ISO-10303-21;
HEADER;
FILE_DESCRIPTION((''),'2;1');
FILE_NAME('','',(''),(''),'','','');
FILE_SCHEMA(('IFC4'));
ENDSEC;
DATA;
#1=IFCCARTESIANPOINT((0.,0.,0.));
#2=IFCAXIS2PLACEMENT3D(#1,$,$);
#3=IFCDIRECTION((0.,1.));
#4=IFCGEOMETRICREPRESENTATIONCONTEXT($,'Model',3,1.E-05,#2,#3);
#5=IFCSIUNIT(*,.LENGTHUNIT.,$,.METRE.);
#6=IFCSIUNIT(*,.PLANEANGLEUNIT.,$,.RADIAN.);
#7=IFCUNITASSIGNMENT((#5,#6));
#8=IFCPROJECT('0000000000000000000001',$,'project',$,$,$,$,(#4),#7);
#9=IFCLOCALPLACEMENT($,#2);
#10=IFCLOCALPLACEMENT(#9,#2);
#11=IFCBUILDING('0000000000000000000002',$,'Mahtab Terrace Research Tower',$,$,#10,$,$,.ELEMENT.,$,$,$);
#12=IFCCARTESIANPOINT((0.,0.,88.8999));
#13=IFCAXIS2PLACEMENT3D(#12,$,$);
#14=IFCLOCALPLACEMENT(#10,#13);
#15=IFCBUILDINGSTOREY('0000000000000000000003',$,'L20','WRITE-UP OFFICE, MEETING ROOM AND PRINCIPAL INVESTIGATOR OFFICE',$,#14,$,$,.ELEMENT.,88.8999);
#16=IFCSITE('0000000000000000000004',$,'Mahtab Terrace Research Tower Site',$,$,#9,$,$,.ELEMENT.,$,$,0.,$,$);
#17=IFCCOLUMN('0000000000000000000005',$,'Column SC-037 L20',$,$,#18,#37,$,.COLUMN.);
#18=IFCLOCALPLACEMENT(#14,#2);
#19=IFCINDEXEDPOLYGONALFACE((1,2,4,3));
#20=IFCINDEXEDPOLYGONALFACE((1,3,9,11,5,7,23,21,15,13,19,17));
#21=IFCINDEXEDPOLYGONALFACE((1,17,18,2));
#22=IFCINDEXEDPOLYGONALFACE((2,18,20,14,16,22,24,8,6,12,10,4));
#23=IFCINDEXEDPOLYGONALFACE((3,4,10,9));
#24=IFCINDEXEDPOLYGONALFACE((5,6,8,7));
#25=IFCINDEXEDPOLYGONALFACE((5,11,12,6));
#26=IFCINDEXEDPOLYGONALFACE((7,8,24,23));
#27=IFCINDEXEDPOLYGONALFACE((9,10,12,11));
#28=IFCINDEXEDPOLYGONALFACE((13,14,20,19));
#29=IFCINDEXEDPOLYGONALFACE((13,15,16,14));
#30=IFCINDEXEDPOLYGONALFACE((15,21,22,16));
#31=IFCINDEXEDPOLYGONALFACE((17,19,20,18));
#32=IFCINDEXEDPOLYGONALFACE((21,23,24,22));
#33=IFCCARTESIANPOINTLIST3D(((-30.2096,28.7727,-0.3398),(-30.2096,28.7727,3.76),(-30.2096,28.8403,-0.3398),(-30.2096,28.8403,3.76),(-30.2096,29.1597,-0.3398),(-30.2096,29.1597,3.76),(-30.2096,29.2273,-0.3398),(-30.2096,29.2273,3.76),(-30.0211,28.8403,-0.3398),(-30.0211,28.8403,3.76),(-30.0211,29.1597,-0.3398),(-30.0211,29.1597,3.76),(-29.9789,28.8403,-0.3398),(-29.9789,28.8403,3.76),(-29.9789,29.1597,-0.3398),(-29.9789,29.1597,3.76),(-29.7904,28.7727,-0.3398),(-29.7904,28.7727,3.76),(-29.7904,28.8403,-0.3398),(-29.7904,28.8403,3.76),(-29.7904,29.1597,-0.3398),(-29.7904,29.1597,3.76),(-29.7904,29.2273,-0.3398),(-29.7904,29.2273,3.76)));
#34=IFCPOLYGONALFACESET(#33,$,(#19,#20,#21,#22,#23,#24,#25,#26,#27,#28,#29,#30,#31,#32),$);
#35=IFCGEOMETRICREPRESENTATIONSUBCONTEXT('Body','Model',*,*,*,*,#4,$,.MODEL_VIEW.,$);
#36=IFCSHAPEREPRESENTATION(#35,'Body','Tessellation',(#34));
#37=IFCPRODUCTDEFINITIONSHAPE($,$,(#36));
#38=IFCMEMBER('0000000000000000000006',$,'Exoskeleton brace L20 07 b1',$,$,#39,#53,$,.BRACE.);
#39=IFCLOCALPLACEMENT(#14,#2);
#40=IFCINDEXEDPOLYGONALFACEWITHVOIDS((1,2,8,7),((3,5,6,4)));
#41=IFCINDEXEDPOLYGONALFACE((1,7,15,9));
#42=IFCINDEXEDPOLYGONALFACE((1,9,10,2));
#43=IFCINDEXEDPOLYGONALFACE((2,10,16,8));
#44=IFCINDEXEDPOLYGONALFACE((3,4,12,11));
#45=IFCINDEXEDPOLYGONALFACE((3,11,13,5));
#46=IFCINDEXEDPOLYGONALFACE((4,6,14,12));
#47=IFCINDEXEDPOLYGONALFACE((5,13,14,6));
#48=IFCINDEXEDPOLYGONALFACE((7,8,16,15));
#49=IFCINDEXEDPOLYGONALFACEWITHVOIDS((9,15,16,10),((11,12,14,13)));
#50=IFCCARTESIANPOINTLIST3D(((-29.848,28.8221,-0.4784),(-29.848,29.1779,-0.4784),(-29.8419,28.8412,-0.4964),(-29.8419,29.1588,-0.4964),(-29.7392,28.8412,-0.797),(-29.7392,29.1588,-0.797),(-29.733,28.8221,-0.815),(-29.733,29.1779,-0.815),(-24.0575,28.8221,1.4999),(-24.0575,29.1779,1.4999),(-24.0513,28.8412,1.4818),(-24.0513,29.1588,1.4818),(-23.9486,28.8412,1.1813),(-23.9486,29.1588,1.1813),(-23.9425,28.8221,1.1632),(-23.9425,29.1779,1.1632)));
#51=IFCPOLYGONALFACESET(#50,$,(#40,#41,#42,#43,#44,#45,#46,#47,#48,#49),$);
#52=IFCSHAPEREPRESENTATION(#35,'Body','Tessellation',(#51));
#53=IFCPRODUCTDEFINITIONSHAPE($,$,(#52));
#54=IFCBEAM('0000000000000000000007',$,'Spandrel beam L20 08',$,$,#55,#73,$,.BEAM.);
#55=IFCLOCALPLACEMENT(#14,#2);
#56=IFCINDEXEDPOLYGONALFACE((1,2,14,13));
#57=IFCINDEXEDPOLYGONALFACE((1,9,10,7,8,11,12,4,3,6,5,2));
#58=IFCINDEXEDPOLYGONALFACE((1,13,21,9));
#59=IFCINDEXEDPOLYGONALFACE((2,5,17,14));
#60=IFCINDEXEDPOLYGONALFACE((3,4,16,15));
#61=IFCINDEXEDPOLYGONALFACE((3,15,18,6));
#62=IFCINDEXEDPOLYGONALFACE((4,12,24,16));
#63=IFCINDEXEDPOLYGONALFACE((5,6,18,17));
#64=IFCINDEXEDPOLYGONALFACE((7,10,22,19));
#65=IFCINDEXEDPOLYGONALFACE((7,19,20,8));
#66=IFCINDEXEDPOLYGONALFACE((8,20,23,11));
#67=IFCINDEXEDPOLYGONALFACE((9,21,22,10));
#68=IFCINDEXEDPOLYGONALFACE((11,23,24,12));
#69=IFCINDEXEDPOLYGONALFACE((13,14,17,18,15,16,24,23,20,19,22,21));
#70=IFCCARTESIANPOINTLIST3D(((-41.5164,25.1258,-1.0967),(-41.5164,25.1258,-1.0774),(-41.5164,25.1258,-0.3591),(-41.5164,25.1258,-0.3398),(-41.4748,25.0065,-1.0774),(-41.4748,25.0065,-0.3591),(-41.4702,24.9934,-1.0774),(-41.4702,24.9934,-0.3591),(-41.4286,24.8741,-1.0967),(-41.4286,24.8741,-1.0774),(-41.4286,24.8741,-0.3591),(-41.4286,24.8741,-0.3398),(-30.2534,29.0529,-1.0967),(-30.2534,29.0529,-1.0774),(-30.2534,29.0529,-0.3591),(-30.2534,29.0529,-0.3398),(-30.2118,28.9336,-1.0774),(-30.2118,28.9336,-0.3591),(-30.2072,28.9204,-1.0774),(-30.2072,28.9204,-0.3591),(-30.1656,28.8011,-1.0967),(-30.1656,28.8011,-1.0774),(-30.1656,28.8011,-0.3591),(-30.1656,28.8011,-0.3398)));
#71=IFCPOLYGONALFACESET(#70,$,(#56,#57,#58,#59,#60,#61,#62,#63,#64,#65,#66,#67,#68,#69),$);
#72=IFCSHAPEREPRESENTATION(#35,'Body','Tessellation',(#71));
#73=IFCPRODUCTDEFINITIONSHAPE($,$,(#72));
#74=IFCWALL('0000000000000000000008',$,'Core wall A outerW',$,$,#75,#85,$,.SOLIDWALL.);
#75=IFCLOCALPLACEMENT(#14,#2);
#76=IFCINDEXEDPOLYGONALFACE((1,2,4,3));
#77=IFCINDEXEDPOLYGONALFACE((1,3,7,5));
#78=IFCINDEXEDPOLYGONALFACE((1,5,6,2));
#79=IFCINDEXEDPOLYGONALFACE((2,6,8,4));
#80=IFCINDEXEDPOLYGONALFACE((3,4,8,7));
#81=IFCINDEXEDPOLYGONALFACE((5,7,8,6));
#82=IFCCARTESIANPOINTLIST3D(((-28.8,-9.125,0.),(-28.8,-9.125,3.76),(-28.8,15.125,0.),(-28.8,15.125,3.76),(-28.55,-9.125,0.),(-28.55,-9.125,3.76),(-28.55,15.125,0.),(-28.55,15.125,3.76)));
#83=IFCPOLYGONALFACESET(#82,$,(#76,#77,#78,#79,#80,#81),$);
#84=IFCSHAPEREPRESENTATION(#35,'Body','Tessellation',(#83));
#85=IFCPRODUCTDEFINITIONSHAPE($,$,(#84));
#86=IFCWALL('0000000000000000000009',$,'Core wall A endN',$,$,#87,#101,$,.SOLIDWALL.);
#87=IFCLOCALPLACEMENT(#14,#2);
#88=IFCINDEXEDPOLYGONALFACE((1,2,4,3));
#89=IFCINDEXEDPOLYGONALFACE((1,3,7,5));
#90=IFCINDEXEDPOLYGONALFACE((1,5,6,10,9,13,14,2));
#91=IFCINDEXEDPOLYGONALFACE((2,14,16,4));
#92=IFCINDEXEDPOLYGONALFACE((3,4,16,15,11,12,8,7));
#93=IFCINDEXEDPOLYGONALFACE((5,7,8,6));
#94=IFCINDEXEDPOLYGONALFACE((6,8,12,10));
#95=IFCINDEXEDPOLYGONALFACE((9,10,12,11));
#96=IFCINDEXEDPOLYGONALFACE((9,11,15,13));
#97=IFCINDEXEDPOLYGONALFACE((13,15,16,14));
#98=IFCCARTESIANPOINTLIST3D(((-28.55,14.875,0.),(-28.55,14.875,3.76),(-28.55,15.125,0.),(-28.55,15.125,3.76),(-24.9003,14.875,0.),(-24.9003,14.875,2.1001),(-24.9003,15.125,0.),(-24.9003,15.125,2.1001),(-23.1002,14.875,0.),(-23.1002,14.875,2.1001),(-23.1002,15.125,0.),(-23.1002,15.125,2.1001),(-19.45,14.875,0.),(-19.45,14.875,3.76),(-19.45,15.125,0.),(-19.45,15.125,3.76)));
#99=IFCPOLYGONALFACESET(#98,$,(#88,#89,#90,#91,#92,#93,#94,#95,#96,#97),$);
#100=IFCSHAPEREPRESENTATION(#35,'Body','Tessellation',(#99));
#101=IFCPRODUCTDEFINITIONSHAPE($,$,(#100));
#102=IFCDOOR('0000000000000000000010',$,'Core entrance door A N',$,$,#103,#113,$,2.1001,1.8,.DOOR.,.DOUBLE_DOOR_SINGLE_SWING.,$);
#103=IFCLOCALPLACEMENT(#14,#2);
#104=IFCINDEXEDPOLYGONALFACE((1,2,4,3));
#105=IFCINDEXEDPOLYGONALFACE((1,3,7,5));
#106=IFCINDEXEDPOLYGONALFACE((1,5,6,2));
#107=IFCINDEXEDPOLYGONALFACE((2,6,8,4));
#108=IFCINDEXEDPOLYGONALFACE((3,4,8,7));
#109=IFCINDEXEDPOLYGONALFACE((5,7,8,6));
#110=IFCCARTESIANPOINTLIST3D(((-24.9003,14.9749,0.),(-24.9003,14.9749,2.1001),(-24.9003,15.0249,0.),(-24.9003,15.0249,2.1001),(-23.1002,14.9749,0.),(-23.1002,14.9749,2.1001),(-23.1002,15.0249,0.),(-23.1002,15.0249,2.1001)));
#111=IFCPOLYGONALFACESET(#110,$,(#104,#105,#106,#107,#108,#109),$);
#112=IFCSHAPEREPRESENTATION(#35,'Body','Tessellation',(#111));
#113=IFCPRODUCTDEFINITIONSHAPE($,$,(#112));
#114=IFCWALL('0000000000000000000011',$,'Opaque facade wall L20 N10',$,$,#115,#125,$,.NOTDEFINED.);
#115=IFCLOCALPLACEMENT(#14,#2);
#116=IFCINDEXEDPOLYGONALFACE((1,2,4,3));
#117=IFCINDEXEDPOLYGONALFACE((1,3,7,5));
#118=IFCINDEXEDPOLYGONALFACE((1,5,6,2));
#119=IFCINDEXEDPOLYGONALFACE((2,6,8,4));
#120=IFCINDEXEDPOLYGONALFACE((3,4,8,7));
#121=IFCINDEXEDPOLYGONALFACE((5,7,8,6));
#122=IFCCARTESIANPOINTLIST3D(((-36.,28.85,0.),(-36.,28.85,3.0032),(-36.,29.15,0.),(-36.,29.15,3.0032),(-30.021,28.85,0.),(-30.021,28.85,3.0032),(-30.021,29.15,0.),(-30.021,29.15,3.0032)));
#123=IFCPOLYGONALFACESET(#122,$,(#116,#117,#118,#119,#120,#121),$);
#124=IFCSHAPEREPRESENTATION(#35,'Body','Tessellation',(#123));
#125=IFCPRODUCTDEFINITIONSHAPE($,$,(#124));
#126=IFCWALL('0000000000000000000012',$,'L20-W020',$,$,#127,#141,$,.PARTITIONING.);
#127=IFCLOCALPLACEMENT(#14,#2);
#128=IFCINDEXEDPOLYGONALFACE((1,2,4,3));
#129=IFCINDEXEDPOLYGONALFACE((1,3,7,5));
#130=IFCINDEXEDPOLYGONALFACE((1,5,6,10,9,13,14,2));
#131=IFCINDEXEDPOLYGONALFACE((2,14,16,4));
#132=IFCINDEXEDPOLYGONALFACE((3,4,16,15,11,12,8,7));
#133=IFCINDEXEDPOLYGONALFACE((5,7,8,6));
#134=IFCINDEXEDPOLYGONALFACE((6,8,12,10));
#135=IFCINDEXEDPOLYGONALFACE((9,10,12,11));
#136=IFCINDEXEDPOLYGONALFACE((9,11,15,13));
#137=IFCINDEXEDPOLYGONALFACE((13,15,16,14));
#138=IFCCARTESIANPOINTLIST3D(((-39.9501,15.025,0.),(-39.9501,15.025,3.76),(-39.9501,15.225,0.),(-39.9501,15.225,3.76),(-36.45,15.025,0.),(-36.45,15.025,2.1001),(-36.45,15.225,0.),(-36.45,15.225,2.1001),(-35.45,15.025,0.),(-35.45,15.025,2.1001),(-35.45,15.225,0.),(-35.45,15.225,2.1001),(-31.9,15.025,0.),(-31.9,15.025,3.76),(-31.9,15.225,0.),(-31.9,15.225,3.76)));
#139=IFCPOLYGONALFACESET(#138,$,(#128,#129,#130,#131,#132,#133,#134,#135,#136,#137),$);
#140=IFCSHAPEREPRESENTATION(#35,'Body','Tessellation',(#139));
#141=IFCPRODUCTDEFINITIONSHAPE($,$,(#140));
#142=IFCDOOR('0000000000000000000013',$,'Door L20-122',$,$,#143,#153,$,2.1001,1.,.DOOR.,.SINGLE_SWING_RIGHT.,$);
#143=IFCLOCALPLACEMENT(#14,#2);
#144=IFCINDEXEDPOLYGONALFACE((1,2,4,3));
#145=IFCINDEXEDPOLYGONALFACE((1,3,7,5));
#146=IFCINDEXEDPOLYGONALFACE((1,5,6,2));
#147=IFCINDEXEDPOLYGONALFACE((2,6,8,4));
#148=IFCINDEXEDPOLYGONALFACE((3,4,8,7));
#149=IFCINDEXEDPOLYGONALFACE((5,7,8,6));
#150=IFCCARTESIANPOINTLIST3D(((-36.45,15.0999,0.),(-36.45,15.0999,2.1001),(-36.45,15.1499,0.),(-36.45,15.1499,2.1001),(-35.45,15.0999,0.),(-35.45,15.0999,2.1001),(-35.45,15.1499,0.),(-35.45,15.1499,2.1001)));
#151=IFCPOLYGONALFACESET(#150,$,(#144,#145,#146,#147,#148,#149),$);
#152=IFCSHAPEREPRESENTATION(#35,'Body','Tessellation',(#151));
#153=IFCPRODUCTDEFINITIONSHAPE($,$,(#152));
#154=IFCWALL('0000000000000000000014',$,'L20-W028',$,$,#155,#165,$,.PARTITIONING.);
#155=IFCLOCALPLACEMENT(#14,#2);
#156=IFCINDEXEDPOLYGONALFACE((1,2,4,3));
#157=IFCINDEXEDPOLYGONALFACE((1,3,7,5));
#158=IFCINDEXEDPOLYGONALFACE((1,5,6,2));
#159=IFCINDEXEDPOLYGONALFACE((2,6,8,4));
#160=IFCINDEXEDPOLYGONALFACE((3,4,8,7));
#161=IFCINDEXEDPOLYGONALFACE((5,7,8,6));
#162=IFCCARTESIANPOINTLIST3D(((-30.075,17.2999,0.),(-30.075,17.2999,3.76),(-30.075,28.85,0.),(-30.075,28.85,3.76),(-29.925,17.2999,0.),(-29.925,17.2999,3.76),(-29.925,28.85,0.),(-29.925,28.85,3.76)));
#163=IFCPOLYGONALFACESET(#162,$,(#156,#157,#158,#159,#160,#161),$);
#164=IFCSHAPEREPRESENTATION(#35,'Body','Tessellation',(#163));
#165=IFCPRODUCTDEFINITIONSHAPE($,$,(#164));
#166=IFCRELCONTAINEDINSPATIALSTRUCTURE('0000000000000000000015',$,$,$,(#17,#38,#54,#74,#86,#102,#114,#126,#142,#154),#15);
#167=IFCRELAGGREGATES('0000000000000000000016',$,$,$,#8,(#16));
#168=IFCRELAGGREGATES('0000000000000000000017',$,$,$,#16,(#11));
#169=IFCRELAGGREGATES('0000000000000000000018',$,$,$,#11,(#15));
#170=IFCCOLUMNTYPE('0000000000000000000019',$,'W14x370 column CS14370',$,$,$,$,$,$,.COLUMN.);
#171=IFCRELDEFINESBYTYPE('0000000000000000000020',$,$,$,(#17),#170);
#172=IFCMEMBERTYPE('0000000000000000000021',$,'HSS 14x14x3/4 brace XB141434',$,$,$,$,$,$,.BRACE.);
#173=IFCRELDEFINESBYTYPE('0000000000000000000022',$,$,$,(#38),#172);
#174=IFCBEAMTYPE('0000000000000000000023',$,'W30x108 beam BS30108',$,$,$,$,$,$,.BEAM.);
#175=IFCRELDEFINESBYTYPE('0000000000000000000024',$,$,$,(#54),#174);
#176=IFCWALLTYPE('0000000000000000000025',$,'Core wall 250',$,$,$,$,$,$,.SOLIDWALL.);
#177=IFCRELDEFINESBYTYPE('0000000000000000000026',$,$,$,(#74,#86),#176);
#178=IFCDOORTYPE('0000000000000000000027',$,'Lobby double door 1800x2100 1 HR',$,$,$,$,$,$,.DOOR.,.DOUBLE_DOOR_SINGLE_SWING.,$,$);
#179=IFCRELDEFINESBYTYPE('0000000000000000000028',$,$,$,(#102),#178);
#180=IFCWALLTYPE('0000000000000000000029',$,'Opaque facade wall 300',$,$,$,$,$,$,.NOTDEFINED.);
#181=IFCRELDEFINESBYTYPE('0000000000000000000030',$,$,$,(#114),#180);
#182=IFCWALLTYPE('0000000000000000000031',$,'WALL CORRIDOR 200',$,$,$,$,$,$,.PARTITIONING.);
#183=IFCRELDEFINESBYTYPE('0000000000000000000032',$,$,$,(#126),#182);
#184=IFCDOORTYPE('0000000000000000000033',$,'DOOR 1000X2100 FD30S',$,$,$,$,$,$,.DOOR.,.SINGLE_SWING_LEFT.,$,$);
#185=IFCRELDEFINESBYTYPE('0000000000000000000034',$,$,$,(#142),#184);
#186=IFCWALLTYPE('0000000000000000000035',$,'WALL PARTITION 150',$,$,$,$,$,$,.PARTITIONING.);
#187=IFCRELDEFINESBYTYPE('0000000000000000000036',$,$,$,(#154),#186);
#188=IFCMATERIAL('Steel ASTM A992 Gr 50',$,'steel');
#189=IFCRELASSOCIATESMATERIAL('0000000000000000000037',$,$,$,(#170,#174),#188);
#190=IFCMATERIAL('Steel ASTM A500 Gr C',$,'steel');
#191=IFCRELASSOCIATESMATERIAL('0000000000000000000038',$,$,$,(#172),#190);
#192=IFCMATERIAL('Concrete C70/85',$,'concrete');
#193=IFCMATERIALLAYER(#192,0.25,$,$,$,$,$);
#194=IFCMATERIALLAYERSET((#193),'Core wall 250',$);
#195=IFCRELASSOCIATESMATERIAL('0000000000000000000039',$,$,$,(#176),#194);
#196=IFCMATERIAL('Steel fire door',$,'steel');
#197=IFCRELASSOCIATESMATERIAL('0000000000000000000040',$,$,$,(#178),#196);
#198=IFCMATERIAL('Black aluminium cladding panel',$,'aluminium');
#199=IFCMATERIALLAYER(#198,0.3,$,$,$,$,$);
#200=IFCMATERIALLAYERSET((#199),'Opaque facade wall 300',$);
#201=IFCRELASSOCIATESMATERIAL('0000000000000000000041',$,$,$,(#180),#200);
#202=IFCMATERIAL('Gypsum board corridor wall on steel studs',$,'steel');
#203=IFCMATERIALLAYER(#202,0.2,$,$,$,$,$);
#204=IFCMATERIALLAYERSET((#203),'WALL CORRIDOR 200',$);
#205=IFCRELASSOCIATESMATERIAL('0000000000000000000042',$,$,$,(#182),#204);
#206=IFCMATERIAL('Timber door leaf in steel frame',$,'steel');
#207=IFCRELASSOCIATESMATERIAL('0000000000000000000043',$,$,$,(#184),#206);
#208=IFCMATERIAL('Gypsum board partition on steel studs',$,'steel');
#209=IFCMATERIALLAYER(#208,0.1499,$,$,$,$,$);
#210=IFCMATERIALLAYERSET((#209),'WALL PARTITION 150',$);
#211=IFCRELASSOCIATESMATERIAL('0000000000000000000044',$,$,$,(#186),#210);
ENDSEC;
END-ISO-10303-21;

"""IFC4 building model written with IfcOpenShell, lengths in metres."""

from ifc_helpers import new_model, si_unit, direction, frame, frame_2d, origin, origin_2d, place, context, subcontext, project, spatial, rectangle, hollow_rectangle, i_section, extrude, material, layer, layer_set, material_profile, profile_set, type_object, element, fill, save


model = new_model("IFC4")

# Units and contexts
model_context = context("Model", 3, precision=1e-05, world=origin(), true_north=direction((0.0, 1.0)))
body_context = subcontext(model_context, "Body", "Model", "MODEL_VIEW")
ifc_project = project(units=[si_unit("LENGTHUNIT", "METRE"), si_unit("PLANEANGLEUNIT", "RADIAN")], contexts=[model_context])

# Site, building, storey
site_placement = place(None, origin())
site = spatial("IfcSite", under=ifc_project, at=site_placement, Name="Mahtab Terrace Research Tower Site", CompositionType="ELEMENT", RefElevation=0.0)
building_placement = place(site_placement, origin())
building = spatial("IfcBuilding", under=site, at=building_placement, Name="Mahtab Terrace Research Tower", CompositionType="ELEMENT")
storey_placement = place(building_placement, frame((0.0, 0.0, 88.8999)))
storey = spatial("IfcBuildingStorey", under=building, at=storey_placement, Name="L20", Description="WRITE-UP OFFICE, MEETING ROOM AND PRINCIPAL INVESTIGATOR OFFICE", CompositionType="ELEMENT", Elevation=88.8999)

# Column
ifc_material_1 = material(Name="Steel ASTM A992 Gr 50", Category="steel")
ifc_material_profile_1 = material_profile(ifc_material_1, i_section(OverallWidth=0.4192, OverallDepth=0.4546, WebThickness=0.0422, FlangeThickness=0.0676, at=origin_2d()), Name="W14X370")
ifc_profile_set_1 = profile_set([ifc_material_profile_1], Name="Steel ASTM A992 Gr 50")
column_type = type_object("IfcColumnType", Name="W14x370 column CS14370", PredefinedType="COLUMN", material=ifc_profile_set_1)
column_placement = place(storey_placement, frame((-30.0, 29.0, -0.3398), z_axis=(0.0, 0.0, 1.0), x_axis=(1.0, 0.0, 0.0)))
element("IfcColumn", 1, at=column_placement, inside=storey, type_object=column_type, Name="Column SC-037 L20", PredefinedType="COLUMN", context=body_context, shape_type="SweptSolid", body=[
    extrude(i_section(OverallWidth=0.4192, OverallDepth=0.4546, WebThickness=0.0422, FlangeThickness=0.0676, at=origin_2d()), origin(), (0.0, 0.0, 1.0), 4.0999),
])

# Member
ifc_material_2 = material(Name="Steel ASTM A500 Gr C", Category="steel")
ifc_material_profile_2 = material_profile(ifc_material_2, hollow_rectangle(XDim=0.3557, YDim=0.3557, WallThickness=0.019, at=origin_2d()), Name="HSS14X14X3/4")
ifc_profile_set_2 = profile_set([ifc_material_profile_2], Name="Steel ASTM A500 Gr C")
member_type = type_object("IfcMemberType", Name="HSS 14x14x3/4 brace XB141434", PredefinedType="BRACE", material=ifc_profile_set_2)
member_placement = place(storey_placement, frame((-29.7905, 29.0, -0.6467), z_axis=(0.946299, 0.0, 0.323293), x_axis=(0.0, 1.0, 0.0)))
element("IfcMember", 2, at=member_placement, inside=storey, type_object=member_type, Name="Exoskeleton brace L20 07 b1", PredefinedType="BRACE", context=body_context, shape_type="SweptSolid", body=[
    extrude(hollow_rectangle(XDim=0.3557, YDim=0.3557, WallThickness=0.019, at=origin_2d()), origin(), (0.0, 0.0, 1.0), 6.1191),
])

# Beam
ifc_material_profile_3 = material_profile(ifc_material_1, i_section(OverallWidth=0.2666, OverallDepth=0.7568, WebThickness=0.0139, FlangeThickness=0.0193, at=origin_2d()), Name="W30X108")
ifc_profile_set_3 = profile_set([ifc_material_profile_3], Name="Steel ASTM A992 Gr 50")
beam_type = type_object("IfcBeamType", Name="W30x108 beam BS30108", PredefinedType="BEAM", material=ifc_profile_set_3)
beam_placement = place(storey_placement, frame((-30.2095, 28.927, -0.7183), z_axis=(-0.944251, -0.329228, 0.0), x_axis=(0.329228, -0.944251, 0.0)))
element("IfcBeam", 3, at=beam_placement, inside=storey, type_object=beam_type, Name="Spandrel beam L20 08", PredefinedType="BEAM", context=body_context, shape_type="SweptSolid", body=[
    extrude(i_section(OverallWidth=0.2666, OverallDepth=0.7568, WebThickness=0.0139, FlangeThickness=0.0193, at=origin_2d()), origin(), (0.0, 0.0, 1.0), 11.928),
])

# Wall
ifc_material_3 = material(Name="Concrete C70/85", Category="concrete")
ifc_layer_1 = layer(ifc_material_3, 0.25)
ifc_layer_set_1 = layer_set([ifc_layer_1], Name="Core wall 250")
wall_type_1 = type_object("IfcWallType", Name="Core wall 250", PredefinedType="SOLIDWALL", material=ifc_layer_set_1)
wall_1_placement = place(storey_placement, frame((-28.675, 15.125, 0.0), z_axis=(0.0, 0.0, 1.0), x_axis=(0.0, -1.0, 0.0)))
element("IfcWall", 4, at=wall_1_placement, inside=storey, type_object=wall_type_1, Name="Core wall A outerW", PredefinedType="SOLIDWALL", context=body_context, shape_type="SweptSolid", body=[
    extrude(rectangle(XDim=24.25, YDim=0.25, at=frame_2d((12.125, 0.0))), origin(), (0.0, 0.0, 1.0), 3.76),
])

# Wall, opening, door
wall_2_placement = place(storey_placement, frame((-28.55, 15.0, 0.0), z_axis=(0.0, 0.0, 1.0), x_axis=(1.0, 0.0, 0.0)))
wall_2 = element("IfcWall", 5, at=wall_2_placement, inside=storey, type_object=wall_type_1, Name="Core wall A endN", PredefinedType="SOLIDWALL", context=body_context, shape_type="SweptSolid", body=[
    extrude(rectangle(XDim=9.1001, YDim=0.25, at=frame_2d((4.55, 0.0))), origin(), (0.0, 0.0, 1.0), 3.76),
])
opening_1_placement = place(wall_2_placement, frame((3.6499, 0.0, 0.0)))
opening_1 = element("IfcOpeningElement", 6, at=opening_1_placement, cuts=wall_2, PredefinedType="OPENING", context=body_context, shape_type="SweptSolid", body=[
    extrude(rectangle(XDim=1.8, YDim=2.1001, at=frame_2d((0.8999, 1.05))), frame((0.0, 0.135, 0.0), z_axis=(0.0, -1.0, 0.0), x_axis=(1.0, 0.0, 0.0)), (0.0, 0.0, 1.0), 0.27),
])
ifc_material_4 = material(Name="Steel fire door", Category="steel")
door_type_1 = type_object("IfcDoorType", Name="Lobby double door 1800x2100 1 HR", OperationType="DOUBLE_DOOR_SINGLE_SWING", PredefinedType="DOOR", material=ifc_material_4)
door_1_placement = place(opening_1_placement, origin())
door_1 = element("IfcDoor", 7, at=door_1_placement, inside=storey, type_object=door_type_1, Name="Core entrance door A N", OperationType="DOUBLE_DOOR_SINGLE_SWING", OverallHeight=2.1001, OverallWidth=1.8, PredefinedType="DOOR", context=body_context, shape_type="SweptSolid", body=[
    extrude(rectangle(XDim=1.8, YDim=2.1001, at=frame_2d((0.8999, 1.05))), frame((0.0, 0.0249, 0.0), z_axis=(0.0, -1.0, 0.0), x_axis=(1.0, 0.0, 0.0)), (0.0, 0.0, 1.0), 0.05),
])
fill(opening_1, door_1)

# Wall
ifc_material_5 = material(Name="Black aluminium cladding panel", Category="aluminium")
ifc_layer_2 = layer(ifc_material_5, 0.3)
ifc_layer_set_2 = layer_set([ifc_layer_2], Name="Opaque facade wall 300")
wall_type_2 = type_object("IfcWallType", Name="Opaque facade wall 300", PredefinedType="NOTDEFINED", material=ifc_layer_set_2)
wall_3_placement = place(storey_placement, frame((-30.021, 29.0, 0.0), z_axis=(0.0, 0.0, 1.0), x_axis=(-1.0, 0.0, 0.0)))
element("IfcWall", 8, at=wall_3_placement, inside=storey, type_object=wall_type_2, Name="Opaque facade wall L20 N10", PredefinedType="NOTDEFINED", context=body_context, shape_type="SweptSolid", body=[
    extrude(rectangle(XDim=5.979, YDim=0.3, at=frame_2d((2.9895, 0.0))), origin(), (0.0, 0.0, 1.0), 3.0032),
])

# Wall, opening, door
ifc_material_6 = material(Name="Gypsum board corridor wall on steel studs", Category="steel")
ifc_layer_3 = layer(ifc_material_6, 0.2)
ifc_layer_set_3 = layer_set([ifc_layer_3], Name="WALL CORRIDOR 200")
wall_type_3 = type_object("IfcWallType", Name="WALL CORRIDOR 200", PredefinedType="PARTITIONING", material=ifc_layer_set_3)
wall_4_placement = place(storey_placement, frame((-39.95, 15.125, 0.0), z_axis=(0.0, 0.0, 1.0), x_axis=(1.0, 0.0, 0.0)))
wall_4 = element("IfcWall", 9, at=wall_4_placement, inside=storey, type_object=wall_type_3, Name="L20-W020", PredefinedType="PARTITIONING", context=body_context, shape_type="SweptSolid", body=[
    extrude(rectangle(XDim=8.05, YDim=0.2, at=frame_2d((4.0249, 0.0))), origin(), (0.0, 0.0, 1.0), 3.76),
])
opening_2_placement = place(wall_4_placement, frame((3.5, 0.0, 0.0)))
opening_2 = element("IfcOpeningElement", 10, at=opening_2_placement, cuts=wall_4, PredefinedType="OPENING", context=body_context, shape_type="SweptSolid", body=[
    extrude(rectangle(XDim=1.0, YDim=2.1001, at=frame_2d((0.5, 1.05))), frame((0.0, 0.1099, 0.0), z_axis=(0.0, -1.0, 0.0), x_axis=(1.0, 0.0, 0.0)), (0.0, 0.0, 1.0), 0.22),
])
ifc_material_7 = material(Name="Timber door leaf in steel frame", Category="steel")
door_type_2 = type_object("IfcDoorType", Name="DOOR 1000X2100 FD30S", OperationType="SINGLE_SWING_LEFT", PredefinedType="DOOR", material=ifc_material_7)
door_2_placement = place(opening_2_placement, origin())
door_2 = element("IfcDoor", 11, at=door_2_placement, inside=storey, type_object=door_type_2, Name="Door L20-122", OperationType="SINGLE_SWING_RIGHT", OverallHeight=2.1001, OverallWidth=1.0, PredefinedType="DOOR", context=body_context, shape_type="SweptSolid", body=[
    extrude(rectangle(XDim=1.0, YDim=2.1001, at=frame_2d((0.5, 1.05))), frame((0.0, 0.0249, 0.0), z_axis=(0.0, -1.0, 0.0), x_axis=(1.0, 0.0, 0.0)), (0.0, 0.0, 1.0), 0.05),
])
fill(opening_2, door_2)

# Wall
ifc_material_8 = material(Name="Gypsum board partition on steel studs", Category="steel")
ifc_layer_4 = layer(ifc_material_8, 0.1499)
ifc_layer_set_4 = layer_set([ifc_layer_4], Name="WALL PARTITION 150")
wall_type_4 = type_object("IfcWallType", Name="WALL PARTITION 150", PredefinedType="PARTITIONING", material=ifc_layer_set_4)
for number, where, z_axis, x_axis, name in (
    (12, (-30.0, 17.3, 0.0), (0.0, 0.0, 1.0), (0.0, 1.0, 0.0), "L20-W028"),
):
    element("IfcWall", number, at=place(storey_placement, frame(where, z_axis=z_axis, x_axis=x_axis)), inside=storey, type_object=wall_type_4, Name=name, PredefinedType="PARTITIONING", context=body_context, shape_type="SweptSolid", body=[
        extrude(rectangle(XDim=11.55, YDim=0.1499, at=frame_2d((5.7749, 0.0))), origin(), (0.0, 0.0, 1.0), 3.76),
    ])

save(model, "model.ifc")
